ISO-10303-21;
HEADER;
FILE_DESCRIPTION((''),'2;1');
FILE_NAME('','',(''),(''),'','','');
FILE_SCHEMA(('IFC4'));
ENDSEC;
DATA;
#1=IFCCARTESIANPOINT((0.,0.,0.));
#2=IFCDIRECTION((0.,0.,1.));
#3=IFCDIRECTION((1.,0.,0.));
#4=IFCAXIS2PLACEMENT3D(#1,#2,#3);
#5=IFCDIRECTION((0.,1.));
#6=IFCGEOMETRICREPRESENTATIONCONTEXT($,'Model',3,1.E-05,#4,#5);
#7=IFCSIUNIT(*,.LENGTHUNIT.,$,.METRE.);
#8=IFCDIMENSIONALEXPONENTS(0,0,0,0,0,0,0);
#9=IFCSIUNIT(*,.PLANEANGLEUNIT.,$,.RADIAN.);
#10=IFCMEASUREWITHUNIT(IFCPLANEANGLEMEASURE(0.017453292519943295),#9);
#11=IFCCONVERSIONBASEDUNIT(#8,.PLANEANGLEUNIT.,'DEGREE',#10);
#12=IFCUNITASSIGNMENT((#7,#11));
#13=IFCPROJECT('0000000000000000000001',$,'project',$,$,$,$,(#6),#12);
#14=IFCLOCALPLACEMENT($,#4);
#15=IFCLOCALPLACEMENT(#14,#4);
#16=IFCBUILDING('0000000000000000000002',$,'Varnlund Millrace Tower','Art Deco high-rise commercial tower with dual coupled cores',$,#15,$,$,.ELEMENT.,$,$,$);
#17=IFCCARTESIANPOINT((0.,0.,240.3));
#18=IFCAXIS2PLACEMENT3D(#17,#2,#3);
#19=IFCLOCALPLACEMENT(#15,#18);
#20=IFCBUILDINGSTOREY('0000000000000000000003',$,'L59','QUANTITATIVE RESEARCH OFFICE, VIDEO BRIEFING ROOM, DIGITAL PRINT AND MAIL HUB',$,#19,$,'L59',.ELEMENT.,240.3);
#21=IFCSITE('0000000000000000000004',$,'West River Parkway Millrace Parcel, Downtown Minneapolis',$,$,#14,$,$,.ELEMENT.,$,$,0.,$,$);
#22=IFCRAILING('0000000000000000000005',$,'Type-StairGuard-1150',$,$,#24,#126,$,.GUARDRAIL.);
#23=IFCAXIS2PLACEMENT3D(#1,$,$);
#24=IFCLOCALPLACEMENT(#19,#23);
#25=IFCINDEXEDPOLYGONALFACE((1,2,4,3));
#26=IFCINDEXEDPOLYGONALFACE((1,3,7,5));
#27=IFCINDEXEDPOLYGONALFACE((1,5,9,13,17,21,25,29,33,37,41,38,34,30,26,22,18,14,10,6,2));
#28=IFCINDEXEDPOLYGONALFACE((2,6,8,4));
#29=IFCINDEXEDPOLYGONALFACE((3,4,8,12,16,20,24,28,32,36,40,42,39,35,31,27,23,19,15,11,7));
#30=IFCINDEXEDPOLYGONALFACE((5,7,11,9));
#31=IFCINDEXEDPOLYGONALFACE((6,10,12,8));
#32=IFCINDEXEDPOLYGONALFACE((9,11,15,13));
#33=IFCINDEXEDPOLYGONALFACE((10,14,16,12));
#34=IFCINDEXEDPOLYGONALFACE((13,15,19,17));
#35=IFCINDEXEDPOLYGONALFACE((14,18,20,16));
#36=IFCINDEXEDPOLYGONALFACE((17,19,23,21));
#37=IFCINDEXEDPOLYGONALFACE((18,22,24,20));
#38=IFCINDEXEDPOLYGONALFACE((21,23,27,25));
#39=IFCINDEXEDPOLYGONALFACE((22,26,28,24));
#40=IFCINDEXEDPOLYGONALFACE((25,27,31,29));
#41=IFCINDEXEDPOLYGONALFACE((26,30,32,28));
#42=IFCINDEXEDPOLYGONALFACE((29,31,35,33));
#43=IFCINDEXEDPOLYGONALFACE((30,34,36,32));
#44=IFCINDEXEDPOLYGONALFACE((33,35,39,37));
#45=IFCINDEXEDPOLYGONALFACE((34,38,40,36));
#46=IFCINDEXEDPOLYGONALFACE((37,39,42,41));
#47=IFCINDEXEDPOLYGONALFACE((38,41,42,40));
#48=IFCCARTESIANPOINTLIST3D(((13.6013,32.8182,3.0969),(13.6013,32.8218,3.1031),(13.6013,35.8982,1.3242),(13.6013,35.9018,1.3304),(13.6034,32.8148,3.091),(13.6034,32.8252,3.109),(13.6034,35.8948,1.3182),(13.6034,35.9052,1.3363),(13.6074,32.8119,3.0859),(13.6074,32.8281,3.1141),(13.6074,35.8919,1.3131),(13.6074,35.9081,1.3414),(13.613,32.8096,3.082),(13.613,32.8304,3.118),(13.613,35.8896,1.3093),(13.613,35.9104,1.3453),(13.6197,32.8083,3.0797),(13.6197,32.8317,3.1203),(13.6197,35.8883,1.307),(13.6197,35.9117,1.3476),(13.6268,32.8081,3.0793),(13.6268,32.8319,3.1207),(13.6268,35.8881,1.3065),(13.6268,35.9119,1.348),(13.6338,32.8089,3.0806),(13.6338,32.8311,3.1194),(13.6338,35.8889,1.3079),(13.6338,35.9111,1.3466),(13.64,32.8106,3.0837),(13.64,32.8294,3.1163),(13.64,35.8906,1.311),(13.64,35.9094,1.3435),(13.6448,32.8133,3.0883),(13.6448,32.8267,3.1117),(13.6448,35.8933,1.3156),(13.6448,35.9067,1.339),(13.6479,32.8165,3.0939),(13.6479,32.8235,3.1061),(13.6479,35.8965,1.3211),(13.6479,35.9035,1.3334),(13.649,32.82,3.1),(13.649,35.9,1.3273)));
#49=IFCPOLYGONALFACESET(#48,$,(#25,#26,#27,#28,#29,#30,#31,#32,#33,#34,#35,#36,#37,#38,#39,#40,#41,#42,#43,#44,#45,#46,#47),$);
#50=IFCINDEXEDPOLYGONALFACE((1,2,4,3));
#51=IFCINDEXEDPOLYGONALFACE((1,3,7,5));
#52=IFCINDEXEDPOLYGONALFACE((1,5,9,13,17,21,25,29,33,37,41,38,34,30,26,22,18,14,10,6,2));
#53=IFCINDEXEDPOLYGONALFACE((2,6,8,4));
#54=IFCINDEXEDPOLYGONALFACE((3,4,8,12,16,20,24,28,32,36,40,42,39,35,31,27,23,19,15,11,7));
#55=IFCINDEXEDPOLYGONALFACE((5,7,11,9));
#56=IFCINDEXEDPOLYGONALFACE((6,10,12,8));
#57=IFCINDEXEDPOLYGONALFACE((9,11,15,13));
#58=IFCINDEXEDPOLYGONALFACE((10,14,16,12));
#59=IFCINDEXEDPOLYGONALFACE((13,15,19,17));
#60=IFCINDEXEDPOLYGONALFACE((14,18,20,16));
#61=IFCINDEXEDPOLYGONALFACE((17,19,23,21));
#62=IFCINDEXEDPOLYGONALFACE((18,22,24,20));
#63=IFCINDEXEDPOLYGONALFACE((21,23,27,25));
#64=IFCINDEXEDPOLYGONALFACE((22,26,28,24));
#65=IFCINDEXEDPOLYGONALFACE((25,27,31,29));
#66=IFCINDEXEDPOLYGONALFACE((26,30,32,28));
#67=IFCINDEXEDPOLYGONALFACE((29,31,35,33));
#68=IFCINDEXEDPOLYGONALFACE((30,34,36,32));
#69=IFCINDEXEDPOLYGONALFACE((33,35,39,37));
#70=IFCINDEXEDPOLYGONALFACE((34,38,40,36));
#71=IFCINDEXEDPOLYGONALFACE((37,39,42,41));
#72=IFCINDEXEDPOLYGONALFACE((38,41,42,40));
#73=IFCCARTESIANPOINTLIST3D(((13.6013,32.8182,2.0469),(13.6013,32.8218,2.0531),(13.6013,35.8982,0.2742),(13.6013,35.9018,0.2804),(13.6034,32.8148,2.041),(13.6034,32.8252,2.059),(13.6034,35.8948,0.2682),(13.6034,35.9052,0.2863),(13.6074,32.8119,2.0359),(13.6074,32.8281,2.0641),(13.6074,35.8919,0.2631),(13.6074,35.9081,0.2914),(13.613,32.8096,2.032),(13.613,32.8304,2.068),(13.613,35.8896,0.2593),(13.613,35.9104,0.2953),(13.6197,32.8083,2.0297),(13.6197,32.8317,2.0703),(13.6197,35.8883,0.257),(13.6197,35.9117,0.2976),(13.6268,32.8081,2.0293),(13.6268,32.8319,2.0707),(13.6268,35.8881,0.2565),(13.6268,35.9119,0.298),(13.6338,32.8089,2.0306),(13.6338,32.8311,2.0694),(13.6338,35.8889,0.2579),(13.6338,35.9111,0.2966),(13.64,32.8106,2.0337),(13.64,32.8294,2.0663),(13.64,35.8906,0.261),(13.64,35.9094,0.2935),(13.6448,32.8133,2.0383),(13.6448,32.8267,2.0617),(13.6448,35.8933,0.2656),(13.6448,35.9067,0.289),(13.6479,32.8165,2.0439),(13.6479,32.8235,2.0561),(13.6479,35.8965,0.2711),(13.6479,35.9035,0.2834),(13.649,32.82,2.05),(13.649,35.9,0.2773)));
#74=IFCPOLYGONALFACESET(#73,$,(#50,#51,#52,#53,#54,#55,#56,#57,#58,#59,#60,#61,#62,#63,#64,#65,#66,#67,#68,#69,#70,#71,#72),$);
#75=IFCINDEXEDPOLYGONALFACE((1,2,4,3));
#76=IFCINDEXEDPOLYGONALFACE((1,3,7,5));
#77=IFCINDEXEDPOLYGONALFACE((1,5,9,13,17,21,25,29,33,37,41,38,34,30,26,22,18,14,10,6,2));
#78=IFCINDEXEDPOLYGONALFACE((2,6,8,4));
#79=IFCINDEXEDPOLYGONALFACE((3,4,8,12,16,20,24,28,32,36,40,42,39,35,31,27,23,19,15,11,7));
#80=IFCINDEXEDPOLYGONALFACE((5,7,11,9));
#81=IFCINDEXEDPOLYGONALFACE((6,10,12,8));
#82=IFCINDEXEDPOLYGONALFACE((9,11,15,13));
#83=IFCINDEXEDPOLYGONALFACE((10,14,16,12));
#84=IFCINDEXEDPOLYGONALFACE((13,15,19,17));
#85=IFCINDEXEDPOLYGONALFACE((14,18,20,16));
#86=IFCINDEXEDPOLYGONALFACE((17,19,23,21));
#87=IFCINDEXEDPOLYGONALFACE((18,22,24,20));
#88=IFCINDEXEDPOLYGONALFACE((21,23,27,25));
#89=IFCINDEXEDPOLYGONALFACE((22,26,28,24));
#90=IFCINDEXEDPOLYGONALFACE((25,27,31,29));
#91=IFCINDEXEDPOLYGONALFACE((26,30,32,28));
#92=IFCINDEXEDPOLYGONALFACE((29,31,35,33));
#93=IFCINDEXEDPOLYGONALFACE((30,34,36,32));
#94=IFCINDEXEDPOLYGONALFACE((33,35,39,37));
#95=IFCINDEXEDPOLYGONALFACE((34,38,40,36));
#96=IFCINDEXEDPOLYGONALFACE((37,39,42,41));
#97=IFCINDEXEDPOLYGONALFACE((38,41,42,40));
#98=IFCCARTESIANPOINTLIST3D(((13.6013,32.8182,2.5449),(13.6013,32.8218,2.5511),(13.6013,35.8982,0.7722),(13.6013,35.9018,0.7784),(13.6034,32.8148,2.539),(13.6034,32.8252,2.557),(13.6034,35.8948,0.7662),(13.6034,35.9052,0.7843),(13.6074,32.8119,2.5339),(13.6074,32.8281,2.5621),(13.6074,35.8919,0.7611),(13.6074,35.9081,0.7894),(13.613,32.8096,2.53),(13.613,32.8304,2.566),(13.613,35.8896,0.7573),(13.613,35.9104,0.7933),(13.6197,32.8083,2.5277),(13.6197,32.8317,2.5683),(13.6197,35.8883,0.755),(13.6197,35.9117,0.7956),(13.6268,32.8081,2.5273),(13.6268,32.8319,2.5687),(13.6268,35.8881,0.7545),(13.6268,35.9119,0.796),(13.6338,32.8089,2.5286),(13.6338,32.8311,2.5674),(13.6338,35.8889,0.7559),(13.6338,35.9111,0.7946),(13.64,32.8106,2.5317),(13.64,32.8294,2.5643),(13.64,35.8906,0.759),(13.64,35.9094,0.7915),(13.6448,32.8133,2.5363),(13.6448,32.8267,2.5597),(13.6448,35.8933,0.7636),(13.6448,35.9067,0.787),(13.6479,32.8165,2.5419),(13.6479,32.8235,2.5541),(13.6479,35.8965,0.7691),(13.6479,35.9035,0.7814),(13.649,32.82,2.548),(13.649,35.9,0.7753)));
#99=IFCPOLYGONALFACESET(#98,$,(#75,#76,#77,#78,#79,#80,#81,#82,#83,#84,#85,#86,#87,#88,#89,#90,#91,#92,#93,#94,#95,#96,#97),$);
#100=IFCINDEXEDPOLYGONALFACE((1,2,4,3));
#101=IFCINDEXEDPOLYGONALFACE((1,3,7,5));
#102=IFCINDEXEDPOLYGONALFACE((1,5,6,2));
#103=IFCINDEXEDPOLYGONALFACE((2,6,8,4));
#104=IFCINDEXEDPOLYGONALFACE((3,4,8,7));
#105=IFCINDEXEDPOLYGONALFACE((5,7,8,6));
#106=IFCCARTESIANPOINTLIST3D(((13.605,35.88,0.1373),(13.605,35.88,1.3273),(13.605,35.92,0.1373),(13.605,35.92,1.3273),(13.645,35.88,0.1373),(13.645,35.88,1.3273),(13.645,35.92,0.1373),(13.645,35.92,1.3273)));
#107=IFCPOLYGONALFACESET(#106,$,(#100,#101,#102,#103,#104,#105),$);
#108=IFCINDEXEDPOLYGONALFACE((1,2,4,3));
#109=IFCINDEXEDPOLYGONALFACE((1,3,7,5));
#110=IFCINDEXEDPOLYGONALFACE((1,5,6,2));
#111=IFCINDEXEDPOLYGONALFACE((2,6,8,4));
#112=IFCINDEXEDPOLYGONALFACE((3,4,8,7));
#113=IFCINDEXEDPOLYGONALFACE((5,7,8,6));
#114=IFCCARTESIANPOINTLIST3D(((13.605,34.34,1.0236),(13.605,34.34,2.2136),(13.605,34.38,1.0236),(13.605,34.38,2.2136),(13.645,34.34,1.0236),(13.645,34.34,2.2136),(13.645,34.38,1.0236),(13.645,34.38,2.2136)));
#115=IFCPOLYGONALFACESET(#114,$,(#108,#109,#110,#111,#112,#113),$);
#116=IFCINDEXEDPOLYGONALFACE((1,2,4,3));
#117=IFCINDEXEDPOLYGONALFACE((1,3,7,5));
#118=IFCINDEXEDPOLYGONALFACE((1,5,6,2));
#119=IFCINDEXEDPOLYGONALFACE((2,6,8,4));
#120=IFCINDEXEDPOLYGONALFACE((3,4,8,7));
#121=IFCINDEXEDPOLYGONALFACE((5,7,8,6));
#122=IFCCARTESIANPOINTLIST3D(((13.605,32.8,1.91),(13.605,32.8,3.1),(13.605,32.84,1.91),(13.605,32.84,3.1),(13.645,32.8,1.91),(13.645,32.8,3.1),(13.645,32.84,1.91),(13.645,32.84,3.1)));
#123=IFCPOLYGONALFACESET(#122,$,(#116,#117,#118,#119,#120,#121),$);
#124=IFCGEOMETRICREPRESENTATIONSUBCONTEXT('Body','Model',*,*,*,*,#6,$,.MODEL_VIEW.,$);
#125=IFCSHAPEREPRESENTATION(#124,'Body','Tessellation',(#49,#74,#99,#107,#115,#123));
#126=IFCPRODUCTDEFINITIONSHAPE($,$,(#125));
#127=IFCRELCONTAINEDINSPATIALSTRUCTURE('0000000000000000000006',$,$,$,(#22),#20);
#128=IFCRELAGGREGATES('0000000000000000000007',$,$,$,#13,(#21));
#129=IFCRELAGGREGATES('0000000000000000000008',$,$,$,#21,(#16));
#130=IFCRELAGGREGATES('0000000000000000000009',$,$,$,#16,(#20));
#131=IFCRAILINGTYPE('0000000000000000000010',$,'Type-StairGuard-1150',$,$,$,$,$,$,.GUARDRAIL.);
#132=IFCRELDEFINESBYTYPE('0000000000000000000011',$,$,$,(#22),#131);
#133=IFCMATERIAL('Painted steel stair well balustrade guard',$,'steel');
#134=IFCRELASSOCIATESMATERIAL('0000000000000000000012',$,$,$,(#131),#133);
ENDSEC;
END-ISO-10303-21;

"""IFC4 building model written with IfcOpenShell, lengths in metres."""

from ifc_helpers import new_model, entity, si_unit, converted_unit, direction, frame, origin_with_axes, origin_2d_with_axis, place, context, subcontext, project, spatial, rectangle, circle, extrude, material, type_object, element, save


model = new_model("IFC4")

# Units and contexts
model_context = context("Model", 3, precision=1e-05, world=origin_with_axes(), true_north=direction((0.0, 1.0)))
body_context = subcontext(model_context, "Body", "Model", "MODEL_VIEW")
ifc_project = project(units=[si_unit("LENGTHUNIT", "METRE"), converted_unit("PLANEANGLEUNIT", "DEGREE", entity("IfcPlaneAngleMeasure", 0.017453292519943295), si_unit("PLANEANGLEUNIT", "RADIAN"), dimensions=[0, 0, 0, 0, 0, 0, 0])], contexts=[model_context])

# Site, building, storey
site_placement = place(None, origin_with_axes())
site = spatial("IfcSite", under=ifc_project, at=site_placement, Name="West River Parkway Millrace Parcel, Downtown Minneapolis", CompositionType="ELEMENT", RefElevation=0.0)
building_placement = place(site_placement, origin_with_axes())
building = spatial("IfcBuilding", under=site, at=building_placement, Name="Varnlund Millrace Tower", Description="Art Deco high-rise commercial tower with dual coupled cores", CompositionType="ELEMENT")
storey_placement = place(building_placement, frame((0.0, 0.0, 240.3), z_axis=(0.0, 0.0, 1.0), x_axis=(1.0, 0.0, 0.0)))
storey = spatial("IfcBuildingStorey", under=building, at=storey_placement, Name="L59", Description="QUANTITATIVE RESEARCH OFFICE, VIDEO BRIEFING ROOM, DIGITAL PRINT AND MAIL HUB", LongName="L59", CompositionType="ELEMENT", Elevation=240.3)

# Railing
ifc_material_1 = material(Name="Painted steel stair well balustrade guard", Category="steel")
railing_type_1 = type_object("IfcRailingType", Name="Type-StairGuard-1150", PredefinedType="GUARDRAIL", material=ifc_material_1)
railing_1_placement = place(storey_placement, frame((0.0, 0.0, -240.3), z_axis=(0.0, 0.0, 1.0), x_axis=(1.0, 0.0, 0.0)))
element("IfcRailing", 1, at=railing_1_placement, inside=storey, type_object=railing_type_1, Name="Type-StairGuard-1150", PredefinedType="GUARDRAIL", context=body_context, shape_type="SweptSolid", body=[
    extrude(circle(Radius=0.024, at=origin_2d_with_axis()), frame((13.625, 35.9, 241.6273), z_axis=(0.0, -0.866696, 0.498836), x_axis=(1.0, 0.0, 0.0)), (0.0, 0.0, 1.0), 3.5537),
    extrude(circle(Radius=0.024, at=origin_2d_with_axis()), frame((13.625, 35.9, 240.5773), z_axis=(0.0, -0.866696, 0.498836), x_axis=(1.0, 0.0, 0.0)), (0.0, 0.0, 1.0), 3.5537),
    extrude(circle(Radius=0.024, at=origin_2d_with_axis()), frame((13.625, 35.9, 241.0753), z_axis=(0.0, -0.866696, 0.498836), x_axis=(1.0, 0.0, 0.0)), (0.0, 0.0, 1.0), 3.5537),
    extrude(rectangle(XDim=0.04, YDim=0.04, at=origin_2d_with_axis()), frame((13.625, 35.9, 240.4373), z_axis=(0.0, 0.0, 1.0), x_axis=(1.0, 0.0, 0.0)), (0.0, 0.0, 1.0), 1.19),
    extrude(rectangle(XDim=0.04, YDim=0.04, at=origin_2d_with_axis()), frame((13.625, 34.36, 241.3236), z_axis=(0.0, 0.0, 1.0), x_axis=(1.0, 0.0, 0.0)), (0.0, 0.0, 1.0), 1.19),
    extrude(rectangle(XDim=0.04, YDim=0.04, at=origin_2d_with_axis()), frame((13.625, 32.82, 242.21), z_axis=(0.0, 0.0, 1.0), x_axis=(1.0, 0.0, 0.0)), (0.0, 0.0, 1.0), 1.19),
])

save(model, "model.ifc")
